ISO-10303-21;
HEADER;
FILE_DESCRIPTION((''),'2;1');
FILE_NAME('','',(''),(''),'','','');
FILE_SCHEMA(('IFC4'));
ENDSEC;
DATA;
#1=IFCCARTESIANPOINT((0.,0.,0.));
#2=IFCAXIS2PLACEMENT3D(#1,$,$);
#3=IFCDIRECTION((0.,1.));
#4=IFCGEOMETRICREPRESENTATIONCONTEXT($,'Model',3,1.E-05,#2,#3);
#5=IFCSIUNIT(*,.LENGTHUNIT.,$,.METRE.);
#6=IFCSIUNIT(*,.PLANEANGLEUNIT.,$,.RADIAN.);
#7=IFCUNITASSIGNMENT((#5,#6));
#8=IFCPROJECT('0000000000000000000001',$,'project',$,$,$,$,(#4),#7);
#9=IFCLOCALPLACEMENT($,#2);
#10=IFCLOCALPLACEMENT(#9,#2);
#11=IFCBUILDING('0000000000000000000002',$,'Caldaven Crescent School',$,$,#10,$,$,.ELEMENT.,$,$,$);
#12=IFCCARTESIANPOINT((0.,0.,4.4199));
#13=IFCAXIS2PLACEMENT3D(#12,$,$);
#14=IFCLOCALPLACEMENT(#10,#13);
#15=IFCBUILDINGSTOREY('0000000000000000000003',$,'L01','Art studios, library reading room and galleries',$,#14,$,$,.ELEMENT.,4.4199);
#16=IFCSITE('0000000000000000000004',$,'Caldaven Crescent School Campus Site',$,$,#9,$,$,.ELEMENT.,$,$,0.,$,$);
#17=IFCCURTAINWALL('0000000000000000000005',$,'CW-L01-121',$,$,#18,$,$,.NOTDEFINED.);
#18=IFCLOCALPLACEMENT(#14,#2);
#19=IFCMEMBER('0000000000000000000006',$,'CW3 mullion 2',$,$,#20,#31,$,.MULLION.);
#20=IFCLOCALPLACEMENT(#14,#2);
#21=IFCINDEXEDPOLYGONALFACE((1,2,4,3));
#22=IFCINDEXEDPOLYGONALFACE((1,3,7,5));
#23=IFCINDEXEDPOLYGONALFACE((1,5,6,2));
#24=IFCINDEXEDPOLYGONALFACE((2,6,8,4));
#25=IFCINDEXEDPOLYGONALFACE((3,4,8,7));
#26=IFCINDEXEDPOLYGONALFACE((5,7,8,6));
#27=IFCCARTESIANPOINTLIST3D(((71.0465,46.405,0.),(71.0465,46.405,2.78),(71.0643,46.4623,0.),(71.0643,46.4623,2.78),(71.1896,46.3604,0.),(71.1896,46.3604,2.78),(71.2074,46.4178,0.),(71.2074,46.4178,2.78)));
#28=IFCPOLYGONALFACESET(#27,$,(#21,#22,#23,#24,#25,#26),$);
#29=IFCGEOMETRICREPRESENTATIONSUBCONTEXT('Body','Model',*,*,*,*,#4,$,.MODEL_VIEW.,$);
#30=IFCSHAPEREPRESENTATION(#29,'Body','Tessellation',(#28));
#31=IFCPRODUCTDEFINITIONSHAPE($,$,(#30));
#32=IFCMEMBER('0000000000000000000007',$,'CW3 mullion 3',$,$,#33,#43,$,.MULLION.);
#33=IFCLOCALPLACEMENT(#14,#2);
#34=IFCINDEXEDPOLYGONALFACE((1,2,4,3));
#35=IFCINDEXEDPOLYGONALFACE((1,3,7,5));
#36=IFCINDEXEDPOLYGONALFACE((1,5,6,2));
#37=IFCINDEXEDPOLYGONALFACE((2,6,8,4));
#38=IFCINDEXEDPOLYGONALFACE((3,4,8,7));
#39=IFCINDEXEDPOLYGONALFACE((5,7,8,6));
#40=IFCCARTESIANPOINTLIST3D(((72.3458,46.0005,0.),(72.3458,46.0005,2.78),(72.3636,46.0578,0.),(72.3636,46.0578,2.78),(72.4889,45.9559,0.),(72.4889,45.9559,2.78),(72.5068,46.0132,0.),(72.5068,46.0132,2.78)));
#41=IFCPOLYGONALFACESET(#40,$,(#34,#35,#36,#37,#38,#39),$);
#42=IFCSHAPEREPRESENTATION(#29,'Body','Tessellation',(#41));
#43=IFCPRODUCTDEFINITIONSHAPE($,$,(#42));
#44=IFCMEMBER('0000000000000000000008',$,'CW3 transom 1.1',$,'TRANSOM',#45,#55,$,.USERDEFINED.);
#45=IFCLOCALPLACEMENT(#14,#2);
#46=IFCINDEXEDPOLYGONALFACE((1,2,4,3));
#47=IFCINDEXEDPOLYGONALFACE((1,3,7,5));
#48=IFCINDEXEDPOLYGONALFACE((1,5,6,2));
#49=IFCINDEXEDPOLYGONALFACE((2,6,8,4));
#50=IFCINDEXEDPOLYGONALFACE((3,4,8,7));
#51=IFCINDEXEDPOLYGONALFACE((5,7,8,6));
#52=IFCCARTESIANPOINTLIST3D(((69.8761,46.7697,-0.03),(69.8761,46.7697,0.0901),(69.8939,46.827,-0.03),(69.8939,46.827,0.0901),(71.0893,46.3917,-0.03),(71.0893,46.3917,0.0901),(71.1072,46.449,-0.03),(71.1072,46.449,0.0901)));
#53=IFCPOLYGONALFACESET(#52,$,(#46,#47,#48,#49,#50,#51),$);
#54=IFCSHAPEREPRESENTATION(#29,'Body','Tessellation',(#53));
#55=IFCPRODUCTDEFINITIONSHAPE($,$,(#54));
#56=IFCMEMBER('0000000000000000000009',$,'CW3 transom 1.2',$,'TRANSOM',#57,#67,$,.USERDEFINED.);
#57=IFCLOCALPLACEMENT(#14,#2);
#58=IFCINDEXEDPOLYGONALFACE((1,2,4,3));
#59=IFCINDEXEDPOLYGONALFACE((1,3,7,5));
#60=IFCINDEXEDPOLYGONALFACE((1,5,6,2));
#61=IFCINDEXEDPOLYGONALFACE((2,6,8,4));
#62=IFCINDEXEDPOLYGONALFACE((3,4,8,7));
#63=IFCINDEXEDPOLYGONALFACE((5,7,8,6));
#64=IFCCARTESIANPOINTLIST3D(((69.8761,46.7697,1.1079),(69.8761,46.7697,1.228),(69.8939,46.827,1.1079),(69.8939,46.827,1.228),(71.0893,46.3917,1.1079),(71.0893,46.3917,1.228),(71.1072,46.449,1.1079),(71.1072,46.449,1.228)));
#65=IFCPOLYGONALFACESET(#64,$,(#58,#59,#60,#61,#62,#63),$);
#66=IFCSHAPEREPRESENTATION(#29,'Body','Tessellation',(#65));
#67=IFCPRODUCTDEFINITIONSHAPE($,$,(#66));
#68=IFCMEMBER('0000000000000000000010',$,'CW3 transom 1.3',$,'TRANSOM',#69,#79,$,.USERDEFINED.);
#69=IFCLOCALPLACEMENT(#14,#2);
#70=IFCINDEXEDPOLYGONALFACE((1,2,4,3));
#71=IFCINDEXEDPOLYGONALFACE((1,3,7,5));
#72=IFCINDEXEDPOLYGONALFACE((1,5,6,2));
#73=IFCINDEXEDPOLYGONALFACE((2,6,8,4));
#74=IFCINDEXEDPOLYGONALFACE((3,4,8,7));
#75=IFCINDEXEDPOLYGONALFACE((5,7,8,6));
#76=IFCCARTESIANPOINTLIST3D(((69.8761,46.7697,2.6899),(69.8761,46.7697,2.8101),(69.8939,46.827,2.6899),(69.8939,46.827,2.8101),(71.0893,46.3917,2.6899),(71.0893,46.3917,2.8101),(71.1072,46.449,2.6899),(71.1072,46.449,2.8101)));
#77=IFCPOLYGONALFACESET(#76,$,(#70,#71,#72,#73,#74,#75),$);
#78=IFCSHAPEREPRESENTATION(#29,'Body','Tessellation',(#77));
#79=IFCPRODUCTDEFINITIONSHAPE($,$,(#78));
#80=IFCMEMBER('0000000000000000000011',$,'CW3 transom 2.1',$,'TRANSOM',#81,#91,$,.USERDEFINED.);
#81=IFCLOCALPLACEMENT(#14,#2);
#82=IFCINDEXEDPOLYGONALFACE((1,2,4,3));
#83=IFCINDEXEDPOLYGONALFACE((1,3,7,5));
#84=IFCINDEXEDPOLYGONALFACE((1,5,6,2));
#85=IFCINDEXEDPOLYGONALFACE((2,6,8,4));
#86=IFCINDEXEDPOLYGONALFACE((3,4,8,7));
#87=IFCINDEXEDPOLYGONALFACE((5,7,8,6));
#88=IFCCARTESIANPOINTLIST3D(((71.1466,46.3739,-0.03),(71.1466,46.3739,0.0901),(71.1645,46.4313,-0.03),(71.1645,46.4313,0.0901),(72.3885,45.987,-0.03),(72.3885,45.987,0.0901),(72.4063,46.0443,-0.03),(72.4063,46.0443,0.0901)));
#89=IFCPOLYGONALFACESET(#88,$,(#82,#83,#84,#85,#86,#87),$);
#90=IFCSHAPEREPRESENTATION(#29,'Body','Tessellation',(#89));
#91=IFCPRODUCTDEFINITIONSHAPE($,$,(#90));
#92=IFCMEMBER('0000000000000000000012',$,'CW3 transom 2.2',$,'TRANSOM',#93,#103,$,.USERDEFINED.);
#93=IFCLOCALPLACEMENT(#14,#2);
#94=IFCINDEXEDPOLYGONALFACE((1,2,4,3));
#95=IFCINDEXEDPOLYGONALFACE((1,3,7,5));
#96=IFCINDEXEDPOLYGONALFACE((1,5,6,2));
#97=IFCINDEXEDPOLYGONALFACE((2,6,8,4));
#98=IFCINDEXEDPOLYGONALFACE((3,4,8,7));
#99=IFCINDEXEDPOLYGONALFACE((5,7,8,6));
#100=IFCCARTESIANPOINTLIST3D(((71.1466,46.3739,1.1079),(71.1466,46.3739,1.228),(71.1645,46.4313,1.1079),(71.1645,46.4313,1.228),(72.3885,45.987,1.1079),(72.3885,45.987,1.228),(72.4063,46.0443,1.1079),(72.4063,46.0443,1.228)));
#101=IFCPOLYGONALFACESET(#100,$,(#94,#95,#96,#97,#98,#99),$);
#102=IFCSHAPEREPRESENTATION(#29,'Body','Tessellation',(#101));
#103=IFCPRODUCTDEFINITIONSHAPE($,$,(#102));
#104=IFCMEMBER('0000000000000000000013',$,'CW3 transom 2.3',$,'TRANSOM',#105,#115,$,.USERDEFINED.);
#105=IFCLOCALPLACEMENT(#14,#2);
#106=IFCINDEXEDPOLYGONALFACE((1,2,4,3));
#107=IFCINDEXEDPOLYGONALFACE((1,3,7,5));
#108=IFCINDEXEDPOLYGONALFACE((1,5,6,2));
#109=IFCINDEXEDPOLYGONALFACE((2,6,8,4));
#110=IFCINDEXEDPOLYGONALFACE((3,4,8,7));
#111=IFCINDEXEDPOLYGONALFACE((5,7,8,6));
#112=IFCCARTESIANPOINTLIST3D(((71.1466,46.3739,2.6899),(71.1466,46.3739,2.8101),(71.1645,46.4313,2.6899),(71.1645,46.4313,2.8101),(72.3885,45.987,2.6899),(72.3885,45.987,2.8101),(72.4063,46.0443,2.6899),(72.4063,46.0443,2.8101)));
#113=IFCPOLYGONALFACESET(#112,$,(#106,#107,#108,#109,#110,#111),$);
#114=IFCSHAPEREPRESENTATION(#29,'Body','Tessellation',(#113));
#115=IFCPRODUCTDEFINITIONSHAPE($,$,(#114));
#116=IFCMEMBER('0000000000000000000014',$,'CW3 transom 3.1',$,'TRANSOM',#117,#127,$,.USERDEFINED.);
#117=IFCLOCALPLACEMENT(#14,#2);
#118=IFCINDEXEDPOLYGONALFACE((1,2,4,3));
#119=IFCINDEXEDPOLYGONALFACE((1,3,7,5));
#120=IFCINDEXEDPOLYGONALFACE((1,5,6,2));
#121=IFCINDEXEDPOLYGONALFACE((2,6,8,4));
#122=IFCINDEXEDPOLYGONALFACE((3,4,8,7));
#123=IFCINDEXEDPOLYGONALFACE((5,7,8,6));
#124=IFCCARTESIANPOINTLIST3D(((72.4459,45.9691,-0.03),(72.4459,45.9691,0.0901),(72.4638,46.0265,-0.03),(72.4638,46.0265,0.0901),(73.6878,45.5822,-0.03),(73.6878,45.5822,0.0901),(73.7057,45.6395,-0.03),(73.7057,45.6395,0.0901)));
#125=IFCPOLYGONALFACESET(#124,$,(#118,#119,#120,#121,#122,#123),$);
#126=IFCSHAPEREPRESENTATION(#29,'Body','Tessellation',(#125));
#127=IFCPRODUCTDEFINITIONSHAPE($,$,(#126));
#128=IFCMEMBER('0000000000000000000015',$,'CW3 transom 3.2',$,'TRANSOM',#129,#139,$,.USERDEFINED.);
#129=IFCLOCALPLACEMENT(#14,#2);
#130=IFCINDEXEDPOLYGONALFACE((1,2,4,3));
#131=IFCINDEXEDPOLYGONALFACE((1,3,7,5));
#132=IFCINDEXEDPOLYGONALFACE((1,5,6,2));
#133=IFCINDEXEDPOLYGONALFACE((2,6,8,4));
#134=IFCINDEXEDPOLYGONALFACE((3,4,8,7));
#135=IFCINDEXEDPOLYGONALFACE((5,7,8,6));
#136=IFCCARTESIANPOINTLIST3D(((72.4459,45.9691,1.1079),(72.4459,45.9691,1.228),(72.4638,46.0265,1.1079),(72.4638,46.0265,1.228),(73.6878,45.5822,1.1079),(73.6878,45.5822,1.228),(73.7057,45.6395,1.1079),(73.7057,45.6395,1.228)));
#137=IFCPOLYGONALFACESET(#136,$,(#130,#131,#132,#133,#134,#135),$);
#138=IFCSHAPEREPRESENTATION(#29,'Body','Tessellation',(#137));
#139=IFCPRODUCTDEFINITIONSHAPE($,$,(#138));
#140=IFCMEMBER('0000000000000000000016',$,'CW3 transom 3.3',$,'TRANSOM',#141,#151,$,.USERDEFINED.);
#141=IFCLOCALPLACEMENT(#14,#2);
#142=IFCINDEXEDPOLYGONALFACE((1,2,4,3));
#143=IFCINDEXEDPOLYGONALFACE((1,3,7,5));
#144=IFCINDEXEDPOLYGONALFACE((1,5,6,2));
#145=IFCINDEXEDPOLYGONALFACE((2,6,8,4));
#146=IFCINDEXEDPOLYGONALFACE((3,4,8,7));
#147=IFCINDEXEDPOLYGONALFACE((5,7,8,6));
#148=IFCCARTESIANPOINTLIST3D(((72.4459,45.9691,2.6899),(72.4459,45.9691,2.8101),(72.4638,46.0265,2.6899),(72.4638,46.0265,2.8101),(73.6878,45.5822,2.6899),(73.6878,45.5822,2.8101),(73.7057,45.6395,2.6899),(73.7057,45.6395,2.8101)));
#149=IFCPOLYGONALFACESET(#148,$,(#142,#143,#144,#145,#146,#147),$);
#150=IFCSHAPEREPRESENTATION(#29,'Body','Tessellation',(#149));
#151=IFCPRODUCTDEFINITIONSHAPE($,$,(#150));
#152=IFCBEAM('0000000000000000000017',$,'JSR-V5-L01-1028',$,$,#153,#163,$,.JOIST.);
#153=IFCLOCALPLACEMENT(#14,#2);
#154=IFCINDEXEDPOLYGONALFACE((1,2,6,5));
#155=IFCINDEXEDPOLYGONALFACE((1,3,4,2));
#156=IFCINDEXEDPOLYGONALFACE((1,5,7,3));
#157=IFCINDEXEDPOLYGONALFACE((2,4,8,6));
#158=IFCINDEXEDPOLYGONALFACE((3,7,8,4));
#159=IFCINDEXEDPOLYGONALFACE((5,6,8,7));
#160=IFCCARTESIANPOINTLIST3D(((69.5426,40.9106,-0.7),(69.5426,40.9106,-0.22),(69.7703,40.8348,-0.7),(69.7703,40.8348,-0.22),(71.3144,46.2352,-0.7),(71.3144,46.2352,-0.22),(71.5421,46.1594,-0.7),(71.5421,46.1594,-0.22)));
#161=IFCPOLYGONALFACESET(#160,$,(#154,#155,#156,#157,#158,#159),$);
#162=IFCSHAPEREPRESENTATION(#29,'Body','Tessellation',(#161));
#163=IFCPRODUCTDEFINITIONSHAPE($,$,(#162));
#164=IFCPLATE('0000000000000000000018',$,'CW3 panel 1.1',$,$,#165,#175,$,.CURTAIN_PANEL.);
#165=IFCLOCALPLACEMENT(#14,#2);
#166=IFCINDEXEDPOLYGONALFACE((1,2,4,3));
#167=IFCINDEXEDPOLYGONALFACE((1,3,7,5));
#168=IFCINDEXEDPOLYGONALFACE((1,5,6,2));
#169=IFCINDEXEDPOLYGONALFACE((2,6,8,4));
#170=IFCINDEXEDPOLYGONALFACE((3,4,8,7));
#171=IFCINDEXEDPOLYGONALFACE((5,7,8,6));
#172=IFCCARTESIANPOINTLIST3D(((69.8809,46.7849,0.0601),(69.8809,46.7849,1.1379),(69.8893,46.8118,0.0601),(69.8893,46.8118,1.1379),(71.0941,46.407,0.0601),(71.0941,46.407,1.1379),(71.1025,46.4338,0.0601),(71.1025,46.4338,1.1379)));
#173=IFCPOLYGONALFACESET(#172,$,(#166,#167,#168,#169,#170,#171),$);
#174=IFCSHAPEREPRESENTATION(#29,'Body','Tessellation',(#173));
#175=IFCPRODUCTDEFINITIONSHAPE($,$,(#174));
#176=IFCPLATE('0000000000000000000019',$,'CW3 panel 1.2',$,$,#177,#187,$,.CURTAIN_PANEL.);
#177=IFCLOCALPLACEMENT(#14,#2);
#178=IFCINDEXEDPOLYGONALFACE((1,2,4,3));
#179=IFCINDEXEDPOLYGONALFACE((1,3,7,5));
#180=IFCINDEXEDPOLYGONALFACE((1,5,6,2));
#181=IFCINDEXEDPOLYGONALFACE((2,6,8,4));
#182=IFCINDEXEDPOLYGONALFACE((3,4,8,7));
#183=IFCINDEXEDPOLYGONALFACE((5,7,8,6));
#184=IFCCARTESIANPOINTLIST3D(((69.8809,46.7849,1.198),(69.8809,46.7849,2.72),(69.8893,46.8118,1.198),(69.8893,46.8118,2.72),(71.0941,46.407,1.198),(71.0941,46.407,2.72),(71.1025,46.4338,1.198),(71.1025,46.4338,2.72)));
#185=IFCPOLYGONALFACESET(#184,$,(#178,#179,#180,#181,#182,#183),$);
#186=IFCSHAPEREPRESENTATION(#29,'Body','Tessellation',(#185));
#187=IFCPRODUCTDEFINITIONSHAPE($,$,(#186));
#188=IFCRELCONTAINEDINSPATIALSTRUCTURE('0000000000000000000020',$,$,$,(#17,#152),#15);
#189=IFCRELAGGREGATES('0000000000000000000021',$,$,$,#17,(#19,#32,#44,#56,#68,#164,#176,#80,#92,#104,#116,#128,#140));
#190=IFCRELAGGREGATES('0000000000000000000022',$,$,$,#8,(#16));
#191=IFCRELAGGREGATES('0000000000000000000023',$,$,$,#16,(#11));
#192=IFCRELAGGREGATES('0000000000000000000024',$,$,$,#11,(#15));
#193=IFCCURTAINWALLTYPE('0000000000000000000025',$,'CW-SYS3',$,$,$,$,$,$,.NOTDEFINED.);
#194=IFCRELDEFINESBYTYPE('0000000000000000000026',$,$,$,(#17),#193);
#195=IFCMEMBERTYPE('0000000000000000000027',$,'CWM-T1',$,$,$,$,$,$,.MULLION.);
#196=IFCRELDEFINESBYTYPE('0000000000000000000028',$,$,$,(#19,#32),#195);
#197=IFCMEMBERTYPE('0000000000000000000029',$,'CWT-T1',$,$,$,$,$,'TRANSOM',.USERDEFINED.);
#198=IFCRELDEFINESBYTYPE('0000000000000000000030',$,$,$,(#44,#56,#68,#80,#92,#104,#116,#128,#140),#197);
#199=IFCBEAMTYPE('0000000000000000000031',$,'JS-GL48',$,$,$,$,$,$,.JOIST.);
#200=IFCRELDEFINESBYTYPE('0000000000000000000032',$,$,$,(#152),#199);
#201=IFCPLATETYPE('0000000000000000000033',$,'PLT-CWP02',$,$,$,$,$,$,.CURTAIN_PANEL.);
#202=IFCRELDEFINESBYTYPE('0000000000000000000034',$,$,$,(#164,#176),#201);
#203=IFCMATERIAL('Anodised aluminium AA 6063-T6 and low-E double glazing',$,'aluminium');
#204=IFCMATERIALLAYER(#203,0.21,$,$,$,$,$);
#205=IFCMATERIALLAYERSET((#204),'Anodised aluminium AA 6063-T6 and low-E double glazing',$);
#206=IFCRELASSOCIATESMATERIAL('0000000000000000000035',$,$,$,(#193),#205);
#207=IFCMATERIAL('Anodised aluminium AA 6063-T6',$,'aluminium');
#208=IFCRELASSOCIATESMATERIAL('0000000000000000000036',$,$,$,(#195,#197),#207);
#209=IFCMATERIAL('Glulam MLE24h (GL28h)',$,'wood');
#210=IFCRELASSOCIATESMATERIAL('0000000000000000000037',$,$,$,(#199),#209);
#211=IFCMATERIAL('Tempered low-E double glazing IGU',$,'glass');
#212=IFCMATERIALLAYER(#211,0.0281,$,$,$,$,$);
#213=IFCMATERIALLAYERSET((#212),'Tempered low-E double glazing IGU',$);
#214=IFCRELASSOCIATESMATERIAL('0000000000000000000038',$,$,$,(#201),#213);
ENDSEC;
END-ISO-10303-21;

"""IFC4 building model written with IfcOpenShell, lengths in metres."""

from ifc_helpers import new_model, si_unit, direction, frame, origin, origin_2d, place, context, subcontext, project, spatial, rectangle, extrude, material, layer, layer_set, material_profile, profile_set, type_object, element, aggregate, save


model = new_model("IFC4")

# Units and contexts
model_context = context("Model", 3, precision=1e-05, world=origin(), true_north=direction((0.0, 1.0)))
body_context = subcontext(model_context, "Body", "Model", "MODEL_VIEW")
ifc_project = project(units=[si_unit("LENGTHUNIT", "METRE"), si_unit("PLANEANGLEUNIT", "RADIAN")], contexts=[model_context])

# Site, building, storey
site_placement = place(None, origin())
site = spatial("IfcSite", under=ifc_project, at=site_placement, Name="Caldaven Crescent School Campus Site", CompositionType="ELEMENT", RefElevation=0.0)
building_placement = place(site_placement, origin())
building = spatial("IfcBuilding", under=site, at=building_placement, Name="Caldaven Crescent School", CompositionType="ELEMENT")
storey_placement = place(building_placement, frame((0.0, 0.0, 4.4199)))
storey = spatial("IfcBuildingStorey", under=building, at=storey_placement, Name="L01", Description="Art studios, library reading room and galleries", CompositionType="ELEMENT", Elevation=4.4199)

# Curtain wall, members
ifc_material_1 = material(Name="Anodised aluminium AA 6063-T6 and low-E double glazing", Category="aluminium")
ifc_layer_1 = layer(ifc_material_1, 0.21)
ifc_layer_set_1 = layer_set([ifc_layer_1], Name="Anodised aluminium AA 6063-T6 and low-E double glazing")
curtain_wall_type = type_object("IfcCurtainWallType", Name="CW-SYS3", PredefinedType="NOTDEFINED", material=ifc_layer_set_1)
curtain_wall_placement = place(storey_placement, origin())
curtain_wall = element("IfcCurtainWall", 1, at=curtain_wall_placement, inside=storey, type_object=curtain_wall_type, Name="CW-L01-121", PredefinedType="NOTDEFINED")
ifc_material_2 = material(Name="Anodised aluminium AA 6063-T6", Category="aluminium")
ifc_material_profile_1 = material_profile(ifc_material_2, rectangle(XDim=0.0601, YDim=0.1499, at=origin_2d()), Name="CWM 60x150")
ifc_profile_set_1 = profile_set([ifc_material_profile_1], Name="Anodised aluminium AA 6063-T6")
member_type_1 = type_object("IfcMemberType", Name="CWM-T1", PredefinedType="MULLION", material=ifc_profile_set_1)
member_1_placement = place(storey_placement, frame((71.127, 46.4114, 0.0), z_axis=(0.0, 0.0, 1.0), x_axis=(0.29742, 0.954747, 0.0)))
member_1 = element("IfcMember", 2, at=member_1_placement, type_object=member_type_1, Name="CW3 mullion 2", PredefinedType="MULLION", context=body_context, shape_type="SweptSolid", body=[
    extrude(rectangle(XDim=0.0601, YDim=0.1499, at=origin_2d()), origin(), (0.0, 0.0, 1.0), 2.78),
])
member_2_placement = place(storey_placement, frame((72.4263, 46.0068, 0.0), z_axis=(0.0, 0.0, 1.0), x_axis=(0.29742, 0.954747, 0.0)))
member_2 = element("IfcMember", 3, at=member_2_placement, type_object=member_type_1, Name="CW3 mullion 3", PredefinedType="MULLION", context=body_context, shape_type="SweptSolid", body=[
    extrude(rectangle(XDim=0.0601, YDim=0.1499, at=origin_2d()), origin(), (0.0, 0.0, 1.0), 2.78),
])
ifc_material_profile_2 = material_profile(ifc_material_2, rectangle(XDim=0.0601, YDim=0.1201, at=origin_2d()), Name="CWT 60x120")
ifc_profile_set_2 = profile_set([ifc_material_profile_2], Name="Anodised aluminium AA 6063-T6")
member_type_2 = type_object("IfcMemberType", Name="CWT-T1", ElementType="TRANSOM", PredefinedType="USERDEFINED", material=ifc_profile_set_2)
member_3_placement = place(storey_placement, frame((69.885, 46.7983, 0.03), z_axis=(0.954743, -0.297432, 0.0), x_axis=(0.297432, 0.954743, 0.0)))
member_3 = element("IfcMember", 4, at=member_3_placement, type_object=member_type_2, Name="CW3 transom 1.1", ObjectType="TRANSOM", PredefinedType="USERDEFINED", context=body_context, shape_type="SweptSolid", body=[
    extrude(rectangle(XDim=0.0601, YDim=0.1201, at=origin_2d()), origin(), (0.0, 0.0, 1.0), 1.2708),
])
member_4_placement = place(storey_placement, frame((69.885, 46.7983, 1.168), z_axis=(0.954743, -0.297432, 0.0), x_axis=(0.297432, 0.954743, 0.0)))
member_4 = element("IfcMember", 5, at=member_4_placement, type_object=member_type_2, Name="CW3 transom 1.2", ObjectType="TRANSOM", PredefinedType="USERDEFINED", context=body_context, shape_type="SweptSolid", body=[
    extrude(rectangle(XDim=0.0601, YDim=0.1201, at=origin_2d()), origin(), (0.0, 0.0, 1.0), 1.2708),
])
member_5_placement = place(storey_placement, frame((69.885, 46.7983, 2.75), z_axis=(0.954743, -0.297432, 0.0), x_axis=(0.297432, 0.954743, 0.0)))
member_5 = element("IfcMember", 6, at=member_5_placement, type_object=member_type_2, Name="CW3 transom 1.3", ObjectType="TRANSOM", PredefinedType="USERDEFINED", context=body_context, shape_type="SweptSolid", body=[
    extrude(rectangle(XDim=0.0601, YDim=0.1201, at=origin_2d()), origin(), (0.0, 0.0, 1.0), 1.2708),
])
member_6_placement = place(storey_placement, frame((71.1555, 46.4026, 0.03), z_axis=(0.95473, -0.297473, 0.0), x_axis=(0.297473, 0.95473, 0.0)))
member_6 = element("IfcMember", 7, at=member_6_placement, type_object=member_type_2, Name="CW3 transom 2.1", ObjectType="TRANSOM", PredefinedType="USERDEFINED", context=body_context, shape_type="SweptSolid", body=[
    extrude(rectangle(XDim=0.0601, YDim=0.1201, at=origin_2d()), origin(), (0.0, 0.0, 1.0), 1.3008),
])
member_7_placement = place(storey_placement, frame((71.1555, 46.4026, 1.168), z_axis=(0.95473, -0.297473, 0.0), x_axis=(0.297473, 0.95473, 0.0)))
member_7 = element("IfcMember", 8, at=member_7_placement, type_object=member_type_2, Name="CW3 transom 2.2", ObjectType="TRANSOM", PredefinedType="USERDEFINED", context=body_context, shape_type="SweptSolid", body=[
    extrude(rectangle(XDim=0.0601, YDim=0.1201, at=origin_2d()), origin(), (0.0, 0.0, 1.0), 1.3008),
])
member_8_placement = place(storey_placement, frame((71.1555, 46.4026, 2.75), z_axis=(0.95473, -0.297473, 0.0), x_axis=(0.297473, 0.95473, 0.0)))
member_8 = element("IfcMember", 9, at=member_8_placement, type_object=member_type_2, Name="CW3 transom 2.3", ObjectType="TRANSOM", PredefinedType="USERDEFINED", context=body_context, shape_type="SweptSolid", body=[
    extrude(rectangle(XDim=0.0601, YDim=0.1201, at=origin_2d()), origin(), (0.0, 0.0, 1.0), 1.3008),
])
member_9_placement = place(storey_placement, frame((72.4548, 45.9978, 0.03), z_axis=(0.95473, -0.297473, 0.0), x_axis=(0.297473, 0.95473, 0.0)))
member_9 = element("IfcMember", 10, at=member_9_placement, type_object=member_type_2, Name="CW3 transom 3.1", ObjectType="TRANSOM", PredefinedType="USERDEFINED", context=body_context, shape_type="SweptSolid", body=[
    extrude(rectangle(XDim=0.0601, YDim=0.1201, at=origin_2d()), origin(), (0.0, 0.0, 1.0), 1.3008),
])
member_10_placement = place(storey_placement, frame((72.4548, 45.9978, 1.168), z_axis=(0.95473, -0.297473, 0.0), x_axis=(0.297473, 0.95473, 0.0)))
member_10 = element("IfcMember", 11, at=member_10_placement, type_object=member_type_2, Name="CW3 transom 3.2", ObjectType="TRANSOM", PredefinedType="USERDEFINED", context=body_context, shape_type="SweptSolid", body=[
    extrude(rectangle(XDim=0.0601, YDim=0.1201, at=origin_2d()), origin(), (0.0, 0.0, 1.0), 1.3008),
])
member_11_placement = place(storey_placement, frame((72.4548, 45.9978, 2.75), z_axis=(0.95473, -0.297473, 0.0), x_axis=(0.297473, 0.95473, 0.0)))
member_11 = element("IfcMember", 12, at=member_11_placement, type_object=member_type_2, Name="CW3 transom 3.3", ObjectType="TRANSOM", PredefinedType="USERDEFINED", context=body_context, shape_type="SweptSolid", body=[
    extrude(rectangle(XDim=0.0601, YDim=0.1201, at=origin_2d()), origin(), (0.0, 0.0, 1.0), 1.3008),
])

# Beam
ifc_material_3 = material(Name="Glulam MLE24h (GL28h)", Category="wood")
ifc_material_profile_3 = material_profile(ifc_material_3, rectangle(XDim=0.24, YDim=0.48, at=origin_2d()), Name="MLE 240x480")
ifc_profile_set_3 = profile_set([ifc_material_profile_3], Name="Glulam MLE24h (GL28h)")
beam_type = type_object("IfcBeamType", Name="JS-GL48", PredefinedType="JOIST", material=ifc_profile_set_3)
beam_placement = place(storey_placement, frame((71.4282, 46.1973, -0.46), z_axis=(-0.315732, -0.948848, 0.0), x_axis=(0.948848, -0.315732, 0.0)))
element("IfcBeam", 13, at=beam_placement, inside=storey, type_object=beam_type, Name="JSR-V5-L01-1028", PredefinedType="JOIST", context=body_context, shape_type="SweptSolid", body=[
    extrude(rectangle(XDim=0.24, YDim=0.48, at=origin_2d()), origin(), (0.0, 0.0, 1.0), 5.6116),
])

# Plates
ifc_material_4 = material(Name="Tempered low-E double glazing IGU", Category="glass")
ifc_layer_2 = layer(ifc_material_4, 0.0281)
ifc_layer_set_2 = layer_set([ifc_layer_2], Name="Tempered low-E double glazing IGU")
plate_type = type_object("IfcPlateType", Name="PLT-CWP02", PredefinedType="CURTAIN_PANEL", material=ifc_layer_set_2)
plate_1_placement = place(storey_placement, frame((70.4917, 46.6094, 0.0601), z_axis=(0.0, 0.0, 1.0), x_axis=(0.954747, -0.29742, 0.0)))
plate_1 = element("IfcPlate", 14, at=plate_1_placement, type_object=plate_type, Name="CW3 panel 1.1", PredefinedType="CURTAIN_PANEL", context=body_context, shape_type="SweptSolid", body=[
    extrude(rectangle(XDim=1.2708, YDim=0.0281, at=origin_2d()), origin(), (0.0, 0.0, 1.0), 1.0779),
])
plate_2_placement = place(storey_placement, frame((70.4917, 46.6094, 1.198), z_axis=(0.0, 0.0, 1.0), x_axis=(0.954747, -0.29742, 0.0)))
plate_2 = element("IfcPlate", 15, at=plate_2_placement, type_object=plate_type, Name="CW3 panel 1.2", PredefinedType="CURTAIN_PANEL", context=body_context, shape_type="SweptSolid", body=[
    extrude(rectangle(XDim=1.2708, YDim=0.0281, at=origin_2d()), origin(), (0.0, 0.0, 1.0), 1.522),
])
aggregate(curtain_wall, [member_1, member_2, member_3, member_4, member_5, plate_1, plate_2, member_6, member_7, member_8, member_9, member_10, member_11])

save(model, "model.ifc")
